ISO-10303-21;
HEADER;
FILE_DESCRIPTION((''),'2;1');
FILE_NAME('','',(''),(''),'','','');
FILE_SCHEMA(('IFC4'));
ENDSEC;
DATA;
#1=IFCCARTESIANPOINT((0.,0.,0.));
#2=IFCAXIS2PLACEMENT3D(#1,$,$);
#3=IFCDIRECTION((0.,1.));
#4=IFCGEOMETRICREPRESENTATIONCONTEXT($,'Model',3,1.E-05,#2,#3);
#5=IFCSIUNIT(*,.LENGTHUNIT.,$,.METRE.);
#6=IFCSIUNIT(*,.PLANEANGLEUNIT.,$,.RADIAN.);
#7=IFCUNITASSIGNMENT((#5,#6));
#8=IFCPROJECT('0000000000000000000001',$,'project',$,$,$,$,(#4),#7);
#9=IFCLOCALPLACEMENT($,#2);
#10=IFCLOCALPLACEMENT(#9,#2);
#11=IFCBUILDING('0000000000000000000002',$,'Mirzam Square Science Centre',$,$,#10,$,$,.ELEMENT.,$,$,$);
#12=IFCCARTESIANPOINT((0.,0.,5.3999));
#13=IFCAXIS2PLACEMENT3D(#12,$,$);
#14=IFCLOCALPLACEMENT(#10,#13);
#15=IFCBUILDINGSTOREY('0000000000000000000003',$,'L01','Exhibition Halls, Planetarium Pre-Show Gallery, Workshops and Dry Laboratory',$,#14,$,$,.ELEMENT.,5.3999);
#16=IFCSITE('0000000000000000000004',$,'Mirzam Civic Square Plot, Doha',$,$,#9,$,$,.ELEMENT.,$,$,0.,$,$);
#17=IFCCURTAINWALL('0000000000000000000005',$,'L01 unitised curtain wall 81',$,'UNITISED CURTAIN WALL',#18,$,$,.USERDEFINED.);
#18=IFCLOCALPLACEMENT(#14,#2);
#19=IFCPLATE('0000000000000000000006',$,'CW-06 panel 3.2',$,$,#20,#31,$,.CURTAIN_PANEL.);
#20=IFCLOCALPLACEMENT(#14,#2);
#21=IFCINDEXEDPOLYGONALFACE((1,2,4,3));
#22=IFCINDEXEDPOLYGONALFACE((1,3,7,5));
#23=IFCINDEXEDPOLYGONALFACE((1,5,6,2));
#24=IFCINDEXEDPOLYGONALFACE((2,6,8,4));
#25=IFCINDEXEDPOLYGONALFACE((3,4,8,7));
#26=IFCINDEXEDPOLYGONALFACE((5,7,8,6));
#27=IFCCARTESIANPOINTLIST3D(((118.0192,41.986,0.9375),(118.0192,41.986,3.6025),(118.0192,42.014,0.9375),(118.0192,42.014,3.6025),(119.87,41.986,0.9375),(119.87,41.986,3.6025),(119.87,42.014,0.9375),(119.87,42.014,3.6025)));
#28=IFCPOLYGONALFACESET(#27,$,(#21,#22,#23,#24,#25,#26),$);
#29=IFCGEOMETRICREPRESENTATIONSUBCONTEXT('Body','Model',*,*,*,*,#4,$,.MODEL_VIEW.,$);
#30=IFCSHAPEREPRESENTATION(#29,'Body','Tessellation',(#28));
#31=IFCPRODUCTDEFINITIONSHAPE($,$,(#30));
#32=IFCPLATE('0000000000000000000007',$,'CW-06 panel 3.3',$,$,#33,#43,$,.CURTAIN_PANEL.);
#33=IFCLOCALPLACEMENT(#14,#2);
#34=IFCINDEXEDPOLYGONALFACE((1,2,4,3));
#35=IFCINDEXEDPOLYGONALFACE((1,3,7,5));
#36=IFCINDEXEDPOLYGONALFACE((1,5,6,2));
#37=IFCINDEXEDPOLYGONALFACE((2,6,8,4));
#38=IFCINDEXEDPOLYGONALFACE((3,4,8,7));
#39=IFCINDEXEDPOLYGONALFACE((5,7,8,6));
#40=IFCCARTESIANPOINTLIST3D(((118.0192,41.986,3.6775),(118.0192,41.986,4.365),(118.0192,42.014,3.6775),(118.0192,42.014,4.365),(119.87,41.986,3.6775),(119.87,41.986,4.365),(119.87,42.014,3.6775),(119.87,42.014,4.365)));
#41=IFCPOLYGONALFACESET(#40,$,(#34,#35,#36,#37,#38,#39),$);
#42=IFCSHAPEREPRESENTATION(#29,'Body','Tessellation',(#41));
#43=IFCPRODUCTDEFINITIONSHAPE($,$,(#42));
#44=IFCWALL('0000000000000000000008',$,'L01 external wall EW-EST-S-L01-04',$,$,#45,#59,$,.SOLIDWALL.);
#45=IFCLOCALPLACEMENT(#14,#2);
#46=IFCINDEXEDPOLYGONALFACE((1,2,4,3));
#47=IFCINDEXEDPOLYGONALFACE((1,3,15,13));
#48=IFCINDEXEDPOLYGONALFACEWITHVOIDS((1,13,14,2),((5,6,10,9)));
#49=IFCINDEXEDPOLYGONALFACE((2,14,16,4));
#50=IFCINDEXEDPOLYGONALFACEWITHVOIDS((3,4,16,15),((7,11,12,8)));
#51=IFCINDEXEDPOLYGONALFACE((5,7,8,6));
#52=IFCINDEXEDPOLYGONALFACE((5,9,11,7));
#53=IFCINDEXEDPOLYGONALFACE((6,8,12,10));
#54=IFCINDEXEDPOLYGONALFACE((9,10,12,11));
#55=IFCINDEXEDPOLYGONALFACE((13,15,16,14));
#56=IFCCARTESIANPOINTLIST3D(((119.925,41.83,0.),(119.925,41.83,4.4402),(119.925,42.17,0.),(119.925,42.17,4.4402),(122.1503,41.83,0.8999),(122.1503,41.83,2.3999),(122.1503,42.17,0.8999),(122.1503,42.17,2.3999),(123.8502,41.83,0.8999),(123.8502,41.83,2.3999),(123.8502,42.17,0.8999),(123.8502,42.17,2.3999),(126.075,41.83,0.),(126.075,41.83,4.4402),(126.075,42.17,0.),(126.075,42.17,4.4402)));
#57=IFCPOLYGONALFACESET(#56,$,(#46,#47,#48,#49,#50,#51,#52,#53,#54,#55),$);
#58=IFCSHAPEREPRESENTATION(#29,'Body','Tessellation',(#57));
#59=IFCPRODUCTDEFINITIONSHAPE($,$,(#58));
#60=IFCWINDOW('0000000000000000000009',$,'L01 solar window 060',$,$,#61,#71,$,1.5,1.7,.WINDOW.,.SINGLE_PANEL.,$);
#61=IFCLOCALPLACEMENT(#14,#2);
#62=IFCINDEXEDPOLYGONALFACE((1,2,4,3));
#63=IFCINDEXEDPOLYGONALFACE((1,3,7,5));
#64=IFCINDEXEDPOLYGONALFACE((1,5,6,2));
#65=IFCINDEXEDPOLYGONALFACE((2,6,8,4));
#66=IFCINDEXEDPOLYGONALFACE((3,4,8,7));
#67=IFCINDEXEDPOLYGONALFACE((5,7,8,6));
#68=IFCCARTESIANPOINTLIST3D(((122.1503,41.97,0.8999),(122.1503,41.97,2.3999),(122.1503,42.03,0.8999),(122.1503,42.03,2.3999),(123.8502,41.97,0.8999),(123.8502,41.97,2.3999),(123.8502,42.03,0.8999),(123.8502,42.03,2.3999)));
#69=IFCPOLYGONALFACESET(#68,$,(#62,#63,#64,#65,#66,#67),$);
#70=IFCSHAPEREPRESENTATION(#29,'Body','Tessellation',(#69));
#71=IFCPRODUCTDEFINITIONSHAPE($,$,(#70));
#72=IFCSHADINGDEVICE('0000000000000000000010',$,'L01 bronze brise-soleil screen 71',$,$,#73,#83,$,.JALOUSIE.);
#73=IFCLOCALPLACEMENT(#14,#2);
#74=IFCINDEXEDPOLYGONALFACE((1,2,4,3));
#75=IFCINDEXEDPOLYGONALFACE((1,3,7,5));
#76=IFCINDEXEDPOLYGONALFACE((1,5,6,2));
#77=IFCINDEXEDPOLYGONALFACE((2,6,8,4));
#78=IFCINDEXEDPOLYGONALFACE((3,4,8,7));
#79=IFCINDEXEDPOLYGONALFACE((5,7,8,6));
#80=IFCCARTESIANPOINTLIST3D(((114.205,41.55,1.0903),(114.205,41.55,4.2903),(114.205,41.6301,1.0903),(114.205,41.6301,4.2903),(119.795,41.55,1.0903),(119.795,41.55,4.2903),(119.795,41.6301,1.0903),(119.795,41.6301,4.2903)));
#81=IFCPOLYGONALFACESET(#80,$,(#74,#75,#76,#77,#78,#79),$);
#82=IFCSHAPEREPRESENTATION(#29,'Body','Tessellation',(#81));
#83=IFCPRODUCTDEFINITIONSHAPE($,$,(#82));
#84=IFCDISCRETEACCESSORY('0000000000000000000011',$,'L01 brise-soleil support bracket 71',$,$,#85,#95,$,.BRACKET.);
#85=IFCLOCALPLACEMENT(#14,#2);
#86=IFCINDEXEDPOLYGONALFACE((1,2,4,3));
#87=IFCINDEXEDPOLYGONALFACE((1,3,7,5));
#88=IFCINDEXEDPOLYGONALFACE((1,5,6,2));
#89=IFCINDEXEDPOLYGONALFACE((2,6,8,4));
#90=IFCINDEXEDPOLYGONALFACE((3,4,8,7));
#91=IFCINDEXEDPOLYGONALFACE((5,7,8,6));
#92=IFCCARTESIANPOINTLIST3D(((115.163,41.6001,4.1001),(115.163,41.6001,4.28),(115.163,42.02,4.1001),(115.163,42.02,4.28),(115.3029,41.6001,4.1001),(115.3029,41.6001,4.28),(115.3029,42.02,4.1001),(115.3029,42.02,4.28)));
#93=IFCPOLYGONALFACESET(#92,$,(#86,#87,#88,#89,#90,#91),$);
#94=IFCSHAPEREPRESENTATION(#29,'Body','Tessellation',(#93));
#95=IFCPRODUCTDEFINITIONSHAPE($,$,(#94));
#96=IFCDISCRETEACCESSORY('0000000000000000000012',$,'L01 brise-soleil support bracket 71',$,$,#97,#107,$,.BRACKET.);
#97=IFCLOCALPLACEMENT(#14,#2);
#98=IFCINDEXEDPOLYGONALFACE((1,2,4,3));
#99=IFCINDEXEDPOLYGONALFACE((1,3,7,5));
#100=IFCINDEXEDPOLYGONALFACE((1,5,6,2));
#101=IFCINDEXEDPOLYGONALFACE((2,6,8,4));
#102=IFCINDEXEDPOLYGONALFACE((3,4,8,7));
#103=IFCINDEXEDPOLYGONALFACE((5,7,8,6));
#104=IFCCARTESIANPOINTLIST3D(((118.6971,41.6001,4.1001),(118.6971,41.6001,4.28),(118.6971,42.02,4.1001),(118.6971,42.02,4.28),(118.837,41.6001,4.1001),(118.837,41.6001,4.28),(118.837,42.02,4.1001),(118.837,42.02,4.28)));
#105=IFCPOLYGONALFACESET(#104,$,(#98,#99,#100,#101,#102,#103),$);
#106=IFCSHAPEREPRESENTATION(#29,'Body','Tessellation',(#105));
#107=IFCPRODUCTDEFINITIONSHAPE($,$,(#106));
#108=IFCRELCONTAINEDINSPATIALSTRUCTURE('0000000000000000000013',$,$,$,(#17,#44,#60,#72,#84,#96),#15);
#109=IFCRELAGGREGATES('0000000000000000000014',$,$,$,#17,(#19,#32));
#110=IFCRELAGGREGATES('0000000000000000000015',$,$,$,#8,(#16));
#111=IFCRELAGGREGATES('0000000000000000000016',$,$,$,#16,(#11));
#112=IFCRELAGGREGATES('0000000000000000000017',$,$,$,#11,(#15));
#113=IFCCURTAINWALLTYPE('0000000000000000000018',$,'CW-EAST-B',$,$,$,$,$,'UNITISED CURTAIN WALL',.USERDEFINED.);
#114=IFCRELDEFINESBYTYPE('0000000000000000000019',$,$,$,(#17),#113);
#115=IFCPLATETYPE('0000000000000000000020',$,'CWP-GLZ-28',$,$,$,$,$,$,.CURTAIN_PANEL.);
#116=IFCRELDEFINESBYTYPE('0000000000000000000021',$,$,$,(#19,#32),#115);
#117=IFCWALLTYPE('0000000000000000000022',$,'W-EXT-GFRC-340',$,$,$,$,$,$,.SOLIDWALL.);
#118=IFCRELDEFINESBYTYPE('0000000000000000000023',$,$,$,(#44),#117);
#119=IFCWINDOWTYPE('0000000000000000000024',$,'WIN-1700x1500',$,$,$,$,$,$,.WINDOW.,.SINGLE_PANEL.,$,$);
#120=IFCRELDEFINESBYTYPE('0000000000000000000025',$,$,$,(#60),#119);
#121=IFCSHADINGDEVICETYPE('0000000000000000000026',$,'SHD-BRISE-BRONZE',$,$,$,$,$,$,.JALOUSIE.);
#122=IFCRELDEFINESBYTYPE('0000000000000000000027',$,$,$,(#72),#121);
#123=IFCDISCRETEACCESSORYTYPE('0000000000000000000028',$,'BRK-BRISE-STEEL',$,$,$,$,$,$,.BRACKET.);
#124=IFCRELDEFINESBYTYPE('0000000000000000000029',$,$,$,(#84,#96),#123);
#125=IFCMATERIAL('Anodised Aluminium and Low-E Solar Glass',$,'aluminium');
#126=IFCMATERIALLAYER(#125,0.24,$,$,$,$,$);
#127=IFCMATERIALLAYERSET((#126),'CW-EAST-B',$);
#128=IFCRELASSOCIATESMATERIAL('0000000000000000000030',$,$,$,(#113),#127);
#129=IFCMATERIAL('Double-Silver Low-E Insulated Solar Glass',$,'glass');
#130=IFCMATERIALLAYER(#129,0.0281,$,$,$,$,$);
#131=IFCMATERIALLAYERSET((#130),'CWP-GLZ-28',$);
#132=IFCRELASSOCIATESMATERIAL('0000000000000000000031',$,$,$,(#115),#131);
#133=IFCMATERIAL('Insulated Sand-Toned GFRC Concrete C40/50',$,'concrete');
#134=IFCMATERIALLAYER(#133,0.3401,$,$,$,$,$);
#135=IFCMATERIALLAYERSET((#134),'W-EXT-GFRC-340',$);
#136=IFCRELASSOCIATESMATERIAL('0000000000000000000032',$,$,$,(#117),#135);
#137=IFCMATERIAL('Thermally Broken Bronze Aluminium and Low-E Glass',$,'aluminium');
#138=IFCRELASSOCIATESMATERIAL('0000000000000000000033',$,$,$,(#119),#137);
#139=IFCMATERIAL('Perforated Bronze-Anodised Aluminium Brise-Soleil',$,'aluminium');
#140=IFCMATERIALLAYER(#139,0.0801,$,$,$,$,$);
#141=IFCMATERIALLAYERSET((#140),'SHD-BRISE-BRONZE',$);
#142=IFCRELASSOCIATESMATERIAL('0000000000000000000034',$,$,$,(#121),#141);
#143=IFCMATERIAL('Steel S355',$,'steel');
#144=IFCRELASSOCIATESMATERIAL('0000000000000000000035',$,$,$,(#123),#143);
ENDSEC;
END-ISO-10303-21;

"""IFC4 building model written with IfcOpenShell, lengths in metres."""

from ifc_helpers import new_model, si_unit, direction, frame, frame_2d, origin, origin_2d, place, context, subcontext, project, spatial, rectangle, extrude, material, layer, layer_set, type_object, element, fill, aggregate, save


model = new_model("IFC4")

# Units and contexts
model_context = context("Model", 3, precision=1e-05, world=origin(), true_north=direction((0.0, 1.0)))
body_context = subcontext(model_context, "Body", "Model", "MODEL_VIEW")
ifc_project = project(units=[si_unit("LENGTHUNIT", "METRE"), si_unit("PLANEANGLEUNIT", "RADIAN")], contexts=[model_context])

# Site, building, storey
site_placement = place(None, origin())
site = spatial("IfcSite", under=ifc_project, at=site_placement, Name="Mirzam Civic Square Plot, Doha", CompositionType="ELEMENT", RefElevation=0.0)
building_placement = place(site_placement, origin())
building = spatial("IfcBuilding", under=site, at=building_placement, Name="Mirzam Square Science Centre", CompositionType="ELEMENT")
storey_placement = place(building_placement, frame((0.0, 0.0, 5.3999)))
storey = spatial("IfcBuildingStorey", under=building, at=storey_placement, Name="L01", Description="Exhibition Halls, Planetarium Pre-Show Gallery, Workshops and Dry Laboratory", CompositionType="ELEMENT", Elevation=5.3999)

# Shared definitions
ifc_material_1 = material(Name="Steel S355", Category="steel")

# Curtain wall
ifc_material_2 = material(Name="Anodised Aluminium and Low-E Solar Glass", Category="aluminium")
ifc_layer_1 = layer(ifc_material_2, 0.24)
ifc_layer_set_1 = layer_set([ifc_layer_1], Name="CW-EAST-B")
curtain_wall_type = type_object("IfcCurtainWallType", Name="CW-EAST-B", ElementType="UNITISED CURTAIN WALL", PredefinedType="USERDEFINED", material=ifc_layer_set_1)
curtain_wall_placement = place(storey_placement, origin())
curtain_wall = element("IfcCurtainWall", 1, at=curtain_wall_placement, inside=storey, type_object=curtain_wall_type, Name="L01 unitised curtain wall 81", ObjectType="UNITISED CURTAIN WALL", PredefinedType="USERDEFINED")

# Plates
ifc_material_3 = material(Name="Double-Silver Low-E Insulated Solar Glass", Category="glass")
ifc_layer_2 = layer(ifc_material_3, 0.0281)
ifc_layer_set_2 = layer_set([ifc_layer_2], Name="CWP-GLZ-28")
plate_type = type_object("IfcPlateType", Name="CWP-GLZ-28", PredefinedType="CURTAIN_PANEL", material=ifc_layer_set_2)
plate_1_placement = place(storey_placement, frame((118.9446, 42.0, 0.9375), z_axis=(0.0, 0.0, 1.0), x_axis=(1.0, 0.0, 0.0)))
plate_1 = element("IfcPlate", 2, at=plate_1_placement, type_object=plate_type, Name="CW-06 panel 3.2", PredefinedType="CURTAIN_PANEL", context=body_context, shape_type="SweptSolid", body=[
    extrude(rectangle(XDim=1.8508, YDim=0.0281, at=origin_2d()), origin(), (0.0, 0.0, 1.0), 2.665),
])
plate_2_placement = place(storey_placement, frame((118.9446, 42.0, 3.6775), z_axis=(0.0, 0.0, 1.0), x_axis=(1.0, 0.0, 0.0)))
plate_2 = element("IfcPlate", 3, at=plate_2_placement, type_object=plate_type, Name="CW-06 panel 3.3", PredefinedType="CURTAIN_PANEL", context=body_context, shape_type="SweptSolid", body=[
    extrude(rectangle(XDim=1.8508, YDim=0.0281, at=origin_2d()), origin(), (0.0, 0.0, 1.0), 0.6875),
])
aggregate(curtain_wall, [plate_1, plate_2])

# Wall, opening, window
ifc_material_4 = material(Name="Insulated Sand-Toned GFRC Concrete C40/50", Category="concrete")
ifc_layer_3 = layer(ifc_material_4, 0.3401)
ifc_layer_set_3 = layer_set([ifc_layer_3], Name="W-EXT-GFRC-340")
wall_type = type_object("IfcWallType", Name="W-EXT-GFRC-340", PredefinedType="SOLIDWALL", material=ifc_layer_set_3)
wall_placement = place(storey_placement, frame((119.925, 42.0, 0.0), z_axis=(0.0, 0.0, 1.0), x_axis=(1.0, 0.0, 0.0)))
wall = element("IfcWall", 4, at=wall_placement, inside=storey, type_object=wall_type, Name="L01 external wall EW-EST-S-L01-04", PredefinedType="SOLIDWALL", context=body_context, shape_type="SweptSolid", body=[
    extrude(rectangle(XDim=6.1499, YDim=0.3401, at=frame_2d((3.075, 0.0))), origin(), (0.0, 0.0, 1.0), 4.4402),
])
opening_placement = place(wall_placement, frame((2.2251, 0.0, 0.8999)))
opening = element("IfcOpeningElement", 5, at=opening_placement, cuts=wall, PredefinedType="OPENING", context=body_context, shape_type="SweptSolid", body=[
    extrude(rectangle(XDim=1.7, YDim=1.5, at=frame_2d((0.8501, 0.75))), frame((0.0, 0.1799, 0.0), z_axis=(0.0, -1.0, 0.0), x_axis=(1.0, 0.0, 0.0)), (0.0, 0.0, 1.0), 0.3601),
])
ifc_material_5 = material(Name="Thermally Broken Bronze Aluminium and Low-E Glass", Category="aluminium")
window_type = type_object("IfcWindowType", Name="WIN-1700x1500", PartitioningType="SINGLE_PANEL", PredefinedType="WINDOW", material=ifc_material_5)
window_placement = place(opening_placement, origin())
window = element("IfcWindow", 6, at=window_placement, inside=storey, type_object=window_type, Name="L01 solar window 060", OverallHeight=1.5, OverallWidth=1.7, PartitioningType="SINGLE_PANEL", PredefinedType="WINDOW", context=body_context, shape_type="SweptSolid", body=[
    extrude(rectangle(XDim=1.7, YDim=1.5, at=frame_2d((0.8501, 0.75))), frame((0.0, 0.03, 0.0), z_axis=(0.0, -1.0, 0.0), x_axis=(1.0, 0.0, 0.0)), (0.0, 0.0, 1.0), 0.0601),
])
fill(opening, window)

# Shading device
ifc_material_6 = material(Name="Perforated Bronze-Anodised Aluminium Brise-Soleil", Category="aluminium")
ifc_layer_4 = layer(ifc_material_6, 0.0801)
ifc_layer_set_4 = layer_set([ifc_layer_4], Name="SHD-BRISE-BRONZE")
shading_device_type = type_object("IfcShadingDeviceType", Name="SHD-BRISE-BRONZE", PredefinedType="JALOUSIE", material=ifc_layer_set_4)
shading_device_placement = place(storey_placement, frame((117.0, 41.5901, 1.0903), z_axis=(0.0, 0.0, 1.0), x_axis=(1.0, 0.0, 0.0)))
element("IfcShadingDevice", 7, at=shading_device_placement, inside=storey, type_object=shading_device_type, Name="L01 bronze brise-soleil screen 71", PredefinedType="JALOUSIE", context=body_context, shape_type="SweptSolid", body=[
    extrude(rectangle(XDim=5.5901, YDim=0.0801, at=origin_2d()), origin(), (0.0, 0.0, 1.0), 3.2),
])

# Discrete accessories
discrete_accessory_type = type_object("IfcDiscreteAccessoryType", Name="BRK-BRISE-STEEL", PredefinedType="BRACKET", material=ifc_material_1)
for number, where, z_axis, x_axis, name in (
    (8, (115.2329, 41.8101, 4.1001), (0.0, 0.0, 1.0), (1.0, 0.0, 0.0), "L01 brise-soleil support bracket 71"),
    (9, (118.7671, 41.8101, 4.1001), (0.0, 0.0, 1.0), (1.0, 0.0, 0.0), "L01 brise-soleil support bracket 71"),
):
    element("IfcDiscreteAccessory", number, at=place(storey_placement, frame(where, z_axis=z_axis, x_axis=x_axis)), inside=storey, type_object=discrete_accessory_type, Name=name, PredefinedType="BRACKET", context=body_context, shape_type="SweptSolid", body=[
        extrude(rectangle(XDim=0.1399, YDim=0.4199, at=origin_2d()), origin(), (0.0, 0.0, 1.0), 0.1799),
    ])

save(model, "model.ifc")
